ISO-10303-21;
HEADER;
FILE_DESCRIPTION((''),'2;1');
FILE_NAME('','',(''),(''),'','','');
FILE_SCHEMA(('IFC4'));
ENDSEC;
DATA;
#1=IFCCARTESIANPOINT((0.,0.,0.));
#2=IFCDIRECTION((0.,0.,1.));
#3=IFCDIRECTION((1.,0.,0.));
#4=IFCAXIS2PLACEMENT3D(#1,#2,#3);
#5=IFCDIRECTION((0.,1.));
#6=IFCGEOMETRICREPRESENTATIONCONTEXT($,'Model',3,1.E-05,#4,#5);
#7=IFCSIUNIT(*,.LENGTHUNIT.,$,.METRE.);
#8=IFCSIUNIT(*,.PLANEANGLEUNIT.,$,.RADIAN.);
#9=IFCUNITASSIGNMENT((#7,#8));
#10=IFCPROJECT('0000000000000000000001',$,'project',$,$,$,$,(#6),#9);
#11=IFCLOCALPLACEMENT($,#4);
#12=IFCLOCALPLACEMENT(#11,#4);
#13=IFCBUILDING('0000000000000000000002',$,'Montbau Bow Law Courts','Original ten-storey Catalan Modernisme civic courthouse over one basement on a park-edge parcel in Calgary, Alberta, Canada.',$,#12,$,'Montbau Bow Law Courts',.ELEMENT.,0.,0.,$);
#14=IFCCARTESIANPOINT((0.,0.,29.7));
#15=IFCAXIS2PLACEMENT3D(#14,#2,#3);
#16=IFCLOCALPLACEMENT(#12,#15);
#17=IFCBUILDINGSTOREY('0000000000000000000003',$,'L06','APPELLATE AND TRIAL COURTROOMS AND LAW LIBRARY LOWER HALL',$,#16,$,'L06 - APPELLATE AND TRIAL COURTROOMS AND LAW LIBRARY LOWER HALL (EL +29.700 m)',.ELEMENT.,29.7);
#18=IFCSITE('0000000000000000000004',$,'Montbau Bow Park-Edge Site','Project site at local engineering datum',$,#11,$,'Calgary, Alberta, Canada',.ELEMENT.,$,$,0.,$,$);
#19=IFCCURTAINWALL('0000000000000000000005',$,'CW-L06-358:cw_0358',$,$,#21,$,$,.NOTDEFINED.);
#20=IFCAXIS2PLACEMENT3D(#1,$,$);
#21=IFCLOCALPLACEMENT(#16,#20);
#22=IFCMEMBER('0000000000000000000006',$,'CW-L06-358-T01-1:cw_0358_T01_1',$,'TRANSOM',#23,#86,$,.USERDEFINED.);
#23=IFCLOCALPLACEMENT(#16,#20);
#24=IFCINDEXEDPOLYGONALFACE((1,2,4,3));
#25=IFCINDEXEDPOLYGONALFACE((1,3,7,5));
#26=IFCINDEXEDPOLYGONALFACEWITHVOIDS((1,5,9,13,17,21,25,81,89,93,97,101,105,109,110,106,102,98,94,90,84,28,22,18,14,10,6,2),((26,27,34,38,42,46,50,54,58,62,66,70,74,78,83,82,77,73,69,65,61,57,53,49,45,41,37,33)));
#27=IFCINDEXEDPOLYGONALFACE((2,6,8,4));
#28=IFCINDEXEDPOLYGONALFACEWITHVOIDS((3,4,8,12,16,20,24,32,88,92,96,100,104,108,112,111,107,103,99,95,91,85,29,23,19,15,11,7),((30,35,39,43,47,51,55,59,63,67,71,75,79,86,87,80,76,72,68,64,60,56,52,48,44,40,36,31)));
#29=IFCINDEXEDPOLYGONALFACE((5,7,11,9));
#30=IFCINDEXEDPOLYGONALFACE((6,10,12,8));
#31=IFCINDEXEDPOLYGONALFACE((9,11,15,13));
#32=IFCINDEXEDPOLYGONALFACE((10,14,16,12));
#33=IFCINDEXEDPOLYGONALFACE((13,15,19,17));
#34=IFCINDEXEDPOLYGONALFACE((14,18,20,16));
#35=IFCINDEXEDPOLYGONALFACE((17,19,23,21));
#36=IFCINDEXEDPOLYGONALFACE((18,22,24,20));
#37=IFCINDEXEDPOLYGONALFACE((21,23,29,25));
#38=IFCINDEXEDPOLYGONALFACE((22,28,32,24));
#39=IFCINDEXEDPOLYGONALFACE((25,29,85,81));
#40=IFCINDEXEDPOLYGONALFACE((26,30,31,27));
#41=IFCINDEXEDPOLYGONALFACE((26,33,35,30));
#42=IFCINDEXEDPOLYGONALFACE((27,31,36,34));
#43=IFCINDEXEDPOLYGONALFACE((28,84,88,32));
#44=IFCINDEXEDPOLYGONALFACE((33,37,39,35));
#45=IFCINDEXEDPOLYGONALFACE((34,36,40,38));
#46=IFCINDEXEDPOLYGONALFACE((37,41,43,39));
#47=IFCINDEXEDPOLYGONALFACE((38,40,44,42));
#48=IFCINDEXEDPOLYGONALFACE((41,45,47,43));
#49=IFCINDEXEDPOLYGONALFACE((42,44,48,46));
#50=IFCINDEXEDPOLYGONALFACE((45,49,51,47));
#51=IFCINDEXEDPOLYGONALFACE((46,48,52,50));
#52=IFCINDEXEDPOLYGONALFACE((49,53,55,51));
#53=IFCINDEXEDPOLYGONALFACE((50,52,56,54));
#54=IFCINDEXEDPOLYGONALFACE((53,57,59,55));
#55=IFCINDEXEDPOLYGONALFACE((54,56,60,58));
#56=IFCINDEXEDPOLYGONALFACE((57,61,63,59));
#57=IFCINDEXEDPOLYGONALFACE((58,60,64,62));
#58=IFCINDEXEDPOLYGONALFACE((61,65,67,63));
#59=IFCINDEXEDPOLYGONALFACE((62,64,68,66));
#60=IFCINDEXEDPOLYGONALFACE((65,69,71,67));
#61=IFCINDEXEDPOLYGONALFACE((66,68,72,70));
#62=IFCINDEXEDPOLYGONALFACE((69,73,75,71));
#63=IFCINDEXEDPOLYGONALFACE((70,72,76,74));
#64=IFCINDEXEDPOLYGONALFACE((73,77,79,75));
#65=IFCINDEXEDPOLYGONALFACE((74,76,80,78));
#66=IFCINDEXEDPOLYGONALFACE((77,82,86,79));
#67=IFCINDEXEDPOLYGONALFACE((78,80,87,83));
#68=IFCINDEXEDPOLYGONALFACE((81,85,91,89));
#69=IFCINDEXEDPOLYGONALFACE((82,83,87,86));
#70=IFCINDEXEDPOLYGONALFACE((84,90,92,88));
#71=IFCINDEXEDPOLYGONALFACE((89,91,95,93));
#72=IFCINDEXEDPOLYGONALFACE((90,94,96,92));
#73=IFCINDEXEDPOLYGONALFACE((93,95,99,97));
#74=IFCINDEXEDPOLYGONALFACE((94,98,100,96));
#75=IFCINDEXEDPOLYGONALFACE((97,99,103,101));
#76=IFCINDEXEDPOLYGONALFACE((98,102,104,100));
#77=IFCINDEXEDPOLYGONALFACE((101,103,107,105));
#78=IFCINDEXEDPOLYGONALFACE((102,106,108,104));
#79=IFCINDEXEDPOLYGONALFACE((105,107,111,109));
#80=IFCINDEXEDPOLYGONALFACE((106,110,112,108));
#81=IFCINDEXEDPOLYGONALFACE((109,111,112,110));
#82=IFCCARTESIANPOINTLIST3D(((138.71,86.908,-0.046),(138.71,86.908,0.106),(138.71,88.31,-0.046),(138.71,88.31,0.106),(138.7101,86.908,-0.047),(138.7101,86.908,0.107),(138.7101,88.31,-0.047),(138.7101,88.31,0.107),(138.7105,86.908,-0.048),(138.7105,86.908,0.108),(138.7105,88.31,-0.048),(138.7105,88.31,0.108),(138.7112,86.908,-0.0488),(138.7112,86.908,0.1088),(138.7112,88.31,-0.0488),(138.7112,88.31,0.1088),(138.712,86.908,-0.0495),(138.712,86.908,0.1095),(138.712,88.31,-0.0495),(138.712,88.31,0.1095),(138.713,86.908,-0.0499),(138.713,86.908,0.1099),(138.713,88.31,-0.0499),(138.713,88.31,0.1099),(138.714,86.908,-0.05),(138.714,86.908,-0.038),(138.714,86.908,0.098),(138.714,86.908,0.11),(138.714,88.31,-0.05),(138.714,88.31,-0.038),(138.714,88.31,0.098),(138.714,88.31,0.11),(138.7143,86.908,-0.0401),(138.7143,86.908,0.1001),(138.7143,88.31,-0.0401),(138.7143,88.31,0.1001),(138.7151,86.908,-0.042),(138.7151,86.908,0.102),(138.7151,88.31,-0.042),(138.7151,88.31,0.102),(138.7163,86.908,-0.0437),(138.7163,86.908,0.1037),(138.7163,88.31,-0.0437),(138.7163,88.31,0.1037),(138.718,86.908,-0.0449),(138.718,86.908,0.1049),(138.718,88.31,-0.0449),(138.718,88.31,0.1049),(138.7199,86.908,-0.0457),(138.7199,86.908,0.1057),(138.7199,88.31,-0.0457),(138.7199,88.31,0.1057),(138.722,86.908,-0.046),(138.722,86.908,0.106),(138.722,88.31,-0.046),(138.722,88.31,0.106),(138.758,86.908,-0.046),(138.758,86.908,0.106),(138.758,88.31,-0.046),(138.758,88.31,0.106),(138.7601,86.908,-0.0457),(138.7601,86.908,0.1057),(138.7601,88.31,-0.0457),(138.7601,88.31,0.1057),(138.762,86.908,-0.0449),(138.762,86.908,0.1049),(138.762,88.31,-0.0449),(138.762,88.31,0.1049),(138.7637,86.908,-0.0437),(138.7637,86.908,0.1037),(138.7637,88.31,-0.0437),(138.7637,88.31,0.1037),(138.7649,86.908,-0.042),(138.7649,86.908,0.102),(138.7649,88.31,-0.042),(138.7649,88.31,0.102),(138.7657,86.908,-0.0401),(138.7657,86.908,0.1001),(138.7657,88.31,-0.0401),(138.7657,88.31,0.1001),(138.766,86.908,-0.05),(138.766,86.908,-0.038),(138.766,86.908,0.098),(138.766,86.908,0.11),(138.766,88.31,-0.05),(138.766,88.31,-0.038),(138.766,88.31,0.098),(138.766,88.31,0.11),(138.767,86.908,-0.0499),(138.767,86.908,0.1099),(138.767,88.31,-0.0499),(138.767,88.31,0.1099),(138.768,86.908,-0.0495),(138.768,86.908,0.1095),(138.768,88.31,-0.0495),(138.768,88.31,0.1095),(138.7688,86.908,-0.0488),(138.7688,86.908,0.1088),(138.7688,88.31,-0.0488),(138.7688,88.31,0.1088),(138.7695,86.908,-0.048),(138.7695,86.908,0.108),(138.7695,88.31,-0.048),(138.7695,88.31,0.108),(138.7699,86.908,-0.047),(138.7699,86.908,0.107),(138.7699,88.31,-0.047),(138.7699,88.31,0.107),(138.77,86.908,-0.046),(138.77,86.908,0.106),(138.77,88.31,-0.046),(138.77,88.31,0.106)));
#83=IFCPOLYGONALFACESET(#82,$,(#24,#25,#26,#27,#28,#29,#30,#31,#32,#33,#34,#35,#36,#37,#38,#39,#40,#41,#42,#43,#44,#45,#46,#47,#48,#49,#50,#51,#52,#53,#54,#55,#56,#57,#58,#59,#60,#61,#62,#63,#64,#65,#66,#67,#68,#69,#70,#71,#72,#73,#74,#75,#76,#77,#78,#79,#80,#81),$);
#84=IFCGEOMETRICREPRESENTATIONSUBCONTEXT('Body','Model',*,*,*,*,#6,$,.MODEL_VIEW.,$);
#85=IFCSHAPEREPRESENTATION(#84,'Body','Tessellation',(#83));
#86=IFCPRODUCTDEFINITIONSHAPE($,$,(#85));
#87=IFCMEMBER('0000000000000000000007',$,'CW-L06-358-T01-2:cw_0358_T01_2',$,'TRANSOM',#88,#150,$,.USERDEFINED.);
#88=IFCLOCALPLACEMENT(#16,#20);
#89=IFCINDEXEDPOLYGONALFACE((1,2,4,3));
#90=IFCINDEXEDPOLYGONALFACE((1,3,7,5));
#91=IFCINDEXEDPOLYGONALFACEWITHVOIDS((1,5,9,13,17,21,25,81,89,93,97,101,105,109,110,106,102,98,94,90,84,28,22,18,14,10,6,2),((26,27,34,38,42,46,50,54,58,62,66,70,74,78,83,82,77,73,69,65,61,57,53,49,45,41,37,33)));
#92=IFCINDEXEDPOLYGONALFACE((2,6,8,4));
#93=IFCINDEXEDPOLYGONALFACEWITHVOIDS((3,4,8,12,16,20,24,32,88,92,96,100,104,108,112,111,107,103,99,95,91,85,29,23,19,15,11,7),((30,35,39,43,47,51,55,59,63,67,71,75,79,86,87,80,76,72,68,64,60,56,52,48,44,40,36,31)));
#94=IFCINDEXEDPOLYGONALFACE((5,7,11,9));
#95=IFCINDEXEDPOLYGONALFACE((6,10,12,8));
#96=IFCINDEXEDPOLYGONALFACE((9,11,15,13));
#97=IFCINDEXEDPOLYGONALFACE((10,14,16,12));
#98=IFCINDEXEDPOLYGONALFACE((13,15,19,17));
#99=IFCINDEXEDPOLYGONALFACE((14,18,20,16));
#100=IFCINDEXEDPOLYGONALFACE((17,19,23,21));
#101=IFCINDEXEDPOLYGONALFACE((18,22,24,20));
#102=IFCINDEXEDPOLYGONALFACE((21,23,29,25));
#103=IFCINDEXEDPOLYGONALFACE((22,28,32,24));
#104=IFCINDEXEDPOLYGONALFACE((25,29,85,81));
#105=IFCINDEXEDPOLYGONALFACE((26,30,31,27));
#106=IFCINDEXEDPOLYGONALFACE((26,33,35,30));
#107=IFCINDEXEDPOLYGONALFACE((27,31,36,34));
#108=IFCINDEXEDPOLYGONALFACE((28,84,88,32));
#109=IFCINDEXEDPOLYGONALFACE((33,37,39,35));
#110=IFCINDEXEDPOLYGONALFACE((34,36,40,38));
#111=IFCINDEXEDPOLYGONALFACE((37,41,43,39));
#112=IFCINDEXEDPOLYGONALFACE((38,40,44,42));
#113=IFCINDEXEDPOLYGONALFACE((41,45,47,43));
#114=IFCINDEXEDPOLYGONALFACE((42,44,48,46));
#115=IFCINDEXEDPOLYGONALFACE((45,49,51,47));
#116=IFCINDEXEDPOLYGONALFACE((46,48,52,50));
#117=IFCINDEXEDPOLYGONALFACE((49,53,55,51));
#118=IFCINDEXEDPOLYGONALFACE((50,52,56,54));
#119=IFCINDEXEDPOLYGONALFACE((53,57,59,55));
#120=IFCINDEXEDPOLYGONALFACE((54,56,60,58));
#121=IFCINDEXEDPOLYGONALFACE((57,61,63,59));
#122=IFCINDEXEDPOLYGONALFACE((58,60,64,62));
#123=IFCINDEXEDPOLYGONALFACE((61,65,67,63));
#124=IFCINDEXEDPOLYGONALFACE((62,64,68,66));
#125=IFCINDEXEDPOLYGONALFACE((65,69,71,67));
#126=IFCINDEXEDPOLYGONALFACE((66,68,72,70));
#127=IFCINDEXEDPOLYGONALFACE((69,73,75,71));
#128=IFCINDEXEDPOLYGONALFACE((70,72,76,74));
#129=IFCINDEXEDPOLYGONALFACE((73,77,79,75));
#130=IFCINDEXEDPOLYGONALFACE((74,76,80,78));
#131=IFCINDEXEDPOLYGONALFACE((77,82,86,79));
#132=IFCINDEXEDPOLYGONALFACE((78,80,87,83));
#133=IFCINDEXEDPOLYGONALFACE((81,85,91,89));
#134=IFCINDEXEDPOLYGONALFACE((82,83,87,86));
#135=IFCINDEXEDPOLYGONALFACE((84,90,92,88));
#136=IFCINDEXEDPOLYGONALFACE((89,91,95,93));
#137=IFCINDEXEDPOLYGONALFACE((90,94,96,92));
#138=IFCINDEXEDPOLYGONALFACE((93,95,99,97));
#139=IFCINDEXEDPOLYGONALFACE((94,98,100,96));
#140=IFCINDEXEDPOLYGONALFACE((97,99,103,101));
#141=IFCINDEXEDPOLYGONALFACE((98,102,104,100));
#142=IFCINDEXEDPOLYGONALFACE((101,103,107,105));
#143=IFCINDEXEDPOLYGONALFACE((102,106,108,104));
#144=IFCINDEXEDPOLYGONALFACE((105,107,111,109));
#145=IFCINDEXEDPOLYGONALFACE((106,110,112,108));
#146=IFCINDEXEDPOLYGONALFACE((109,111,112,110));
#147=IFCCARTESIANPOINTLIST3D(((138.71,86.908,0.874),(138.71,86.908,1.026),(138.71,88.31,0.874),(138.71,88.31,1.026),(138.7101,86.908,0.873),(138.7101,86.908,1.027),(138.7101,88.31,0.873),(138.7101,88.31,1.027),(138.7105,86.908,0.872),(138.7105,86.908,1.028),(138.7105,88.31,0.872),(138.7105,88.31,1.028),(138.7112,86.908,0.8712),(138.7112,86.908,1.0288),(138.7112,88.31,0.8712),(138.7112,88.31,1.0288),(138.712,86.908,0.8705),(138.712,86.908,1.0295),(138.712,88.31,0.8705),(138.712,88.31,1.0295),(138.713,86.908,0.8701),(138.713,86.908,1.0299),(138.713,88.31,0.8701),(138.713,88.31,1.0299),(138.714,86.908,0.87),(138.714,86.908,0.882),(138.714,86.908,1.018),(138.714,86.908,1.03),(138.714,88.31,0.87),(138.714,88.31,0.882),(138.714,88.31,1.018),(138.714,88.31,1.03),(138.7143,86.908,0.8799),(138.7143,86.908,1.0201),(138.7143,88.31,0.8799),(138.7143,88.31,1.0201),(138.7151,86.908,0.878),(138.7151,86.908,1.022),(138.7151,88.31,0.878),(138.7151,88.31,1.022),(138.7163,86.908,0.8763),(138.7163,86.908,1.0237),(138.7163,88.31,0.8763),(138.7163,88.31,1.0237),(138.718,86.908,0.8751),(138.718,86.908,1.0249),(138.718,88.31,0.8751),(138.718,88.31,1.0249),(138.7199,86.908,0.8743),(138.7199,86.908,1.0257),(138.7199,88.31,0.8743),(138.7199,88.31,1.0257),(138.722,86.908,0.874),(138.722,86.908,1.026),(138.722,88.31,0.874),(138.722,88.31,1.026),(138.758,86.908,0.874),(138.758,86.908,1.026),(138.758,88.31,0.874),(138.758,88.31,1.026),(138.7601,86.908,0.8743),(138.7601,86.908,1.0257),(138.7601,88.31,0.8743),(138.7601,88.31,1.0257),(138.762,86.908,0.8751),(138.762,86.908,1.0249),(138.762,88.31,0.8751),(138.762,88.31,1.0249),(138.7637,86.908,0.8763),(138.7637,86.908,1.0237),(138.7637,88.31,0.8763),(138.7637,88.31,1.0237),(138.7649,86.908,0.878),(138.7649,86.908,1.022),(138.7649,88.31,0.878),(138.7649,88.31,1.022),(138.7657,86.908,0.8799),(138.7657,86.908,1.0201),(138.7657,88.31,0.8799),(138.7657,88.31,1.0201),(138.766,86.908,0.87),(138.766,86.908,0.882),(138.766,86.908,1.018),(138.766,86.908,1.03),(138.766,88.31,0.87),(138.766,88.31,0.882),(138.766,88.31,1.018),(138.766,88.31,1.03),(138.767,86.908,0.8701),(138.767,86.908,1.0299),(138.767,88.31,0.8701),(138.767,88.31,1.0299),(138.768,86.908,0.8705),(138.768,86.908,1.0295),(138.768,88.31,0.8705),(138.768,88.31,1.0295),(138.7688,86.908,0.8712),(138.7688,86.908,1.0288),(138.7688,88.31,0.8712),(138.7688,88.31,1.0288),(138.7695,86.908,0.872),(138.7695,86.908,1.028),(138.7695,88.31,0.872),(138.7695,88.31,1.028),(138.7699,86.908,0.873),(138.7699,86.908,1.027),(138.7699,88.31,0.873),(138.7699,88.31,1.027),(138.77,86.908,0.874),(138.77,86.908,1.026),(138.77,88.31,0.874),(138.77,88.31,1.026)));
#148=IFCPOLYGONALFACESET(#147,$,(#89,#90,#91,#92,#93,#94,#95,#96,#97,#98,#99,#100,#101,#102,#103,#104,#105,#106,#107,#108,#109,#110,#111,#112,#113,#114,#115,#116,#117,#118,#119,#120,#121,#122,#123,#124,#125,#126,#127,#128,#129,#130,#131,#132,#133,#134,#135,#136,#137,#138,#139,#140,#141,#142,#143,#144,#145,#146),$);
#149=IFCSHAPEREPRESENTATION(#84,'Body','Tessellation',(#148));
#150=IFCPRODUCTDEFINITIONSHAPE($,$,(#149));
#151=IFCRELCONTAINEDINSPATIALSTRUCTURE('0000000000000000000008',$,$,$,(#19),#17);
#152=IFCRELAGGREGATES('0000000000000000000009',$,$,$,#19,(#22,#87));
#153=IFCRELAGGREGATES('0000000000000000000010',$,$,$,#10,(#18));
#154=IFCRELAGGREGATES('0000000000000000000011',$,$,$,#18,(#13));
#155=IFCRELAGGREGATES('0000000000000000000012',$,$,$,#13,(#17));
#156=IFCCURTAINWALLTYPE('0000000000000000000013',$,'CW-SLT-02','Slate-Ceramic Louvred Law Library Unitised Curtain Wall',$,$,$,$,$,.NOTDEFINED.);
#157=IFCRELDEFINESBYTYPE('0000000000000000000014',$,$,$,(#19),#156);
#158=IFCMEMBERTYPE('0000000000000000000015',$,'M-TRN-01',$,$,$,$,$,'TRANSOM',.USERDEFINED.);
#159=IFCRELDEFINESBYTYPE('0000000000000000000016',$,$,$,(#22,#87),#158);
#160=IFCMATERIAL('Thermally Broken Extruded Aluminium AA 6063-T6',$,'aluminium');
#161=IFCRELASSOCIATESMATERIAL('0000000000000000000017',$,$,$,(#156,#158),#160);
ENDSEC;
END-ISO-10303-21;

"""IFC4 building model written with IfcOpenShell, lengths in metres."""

from ifc_helpers import new_model, si_unit, direction, frame, origin_with_axes, origin_2d_with_axis, place, context, subcontext, project, spatial, hollow_rectangle, extrude, material, material_profile, profile_set, type_object, element, aggregate, save


model = new_model("IFC4")

# Units and contexts
model_context = context("Model", 3, precision=1e-05, world=origin_with_axes(), true_north=direction((0.0, 1.0)))
body_context = subcontext(model_context, "Body", "Model", "MODEL_VIEW")
ifc_project = project(units=[si_unit("LENGTHUNIT", "METRE"), si_unit("PLANEANGLEUNIT", "RADIAN")], contexts=[model_context])

# Site, building, storey
site_placement = place(None, origin_with_axes())
site = spatial("IfcSite", under=ifc_project, at=site_placement, Name="Montbau Bow Park-Edge Site", Description="Project site at local engineering datum", LongName="Calgary, Alberta, Canada", CompositionType="ELEMENT", RefElevation=0.0)
building_placement = place(site_placement, origin_with_axes())
building = spatial("IfcBuilding", under=site, at=building_placement, Name="Montbau Bow Law Courts", Description="Original ten-storey Catalan Modernisme civic courthouse over one basement on a park-edge parcel in Calgary, Alberta, Canada.", LongName="Montbau Bow Law Courts", CompositionType="ELEMENT", ElevationOfRefHeight=0.0, ElevationOfTerrain=0.0)
storey_placement = place(building_placement, frame((0.0, 0.0, 29.7), z_axis=(0.0, 0.0, 1.0), x_axis=(1.0, 0.0, 0.0)))
storey = spatial("IfcBuildingStorey", under=building, at=storey_placement, Name="L06", Description="APPELLATE AND TRIAL COURTROOMS AND LAW LIBRARY LOWER HALL", LongName="L06 - APPELLATE AND TRIAL COURTROOMS AND LAW LIBRARY LOWER HALL (EL +29.700 m)", CompositionType="ELEMENT", Elevation=29.7)

# Shared definitions
ifc_material_1 = material(Name="Thermally Broken Extruded Aluminium AA 6063-T6", Category="aluminium")
curtain_wall_type = type_object("IfcCurtainWallType", Name="CW-SLT-02", Description="Slate-Ceramic Louvred Law Library Unitised Curtain Wall", PredefinedType="NOTDEFINED", material=ifc_material_1)

# Curtain wall, members
curtain_wall_1_placement = place(None, frame((138.74, 86.84, 29.7), z_axis=(0.0, 0.0, 1.0), x_axis=(1.0, 0.0, 0.0)))
curtain_wall_1 = element("IfcCurtainWall", 1, at=curtain_wall_1_placement, inside=storey, type_object=curtain_wall_type, Name="CW-L06-358:cw_0358", PredefinedType="NOTDEFINED")
ifc_material_profile_1 = material_profile(ifc_material_1, hollow_rectangle(XDim=0.06, YDim=0.16, WallThickness=0.004, InnerFilletRadius=0.008, OuterFilletRadius=0.004, at=origin_2d_with_axis()), Name="CWT-160X60", Category="Main", Priority=0)
ifc_profile_set_1 = profile_set([ifc_material_profile_1], Name="Thermally Broken Extruded Aluminium AA 6063-T6")
member_type_1 = type_object("IfcMemberType", Name="M-TRN-01", ElementType="TRANSOM", PredefinedType="USERDEFINED", material=ifc_profile_set_1)
member_1_placement = place(None, frame((138.74, 86.908, 29.73), z_axis=(0.0, 1.0, 0.0), x_axis=(-1.0, 0.0, 0.0)))
member_1 = element("IfcMember", 2, at=member_1_placement, type_object=member_type_1, Name="CW-L06-358-T01-1:cw_0358_T01_1", ObjectType="TRANSOM", PredefinedType="USERDEFINED", context=body_context, shape_type="SweptSolid", body=[
    extrude(hollow_rectangle(XDim=0.06, YDim=0.16, WallThickness=0.004, InnerFilletRadius=0.008, OuterFilletRadius=0.004, at=origin_2d_with_axis()), origin_with_axes(), (0.0, 0.0, 1.0), 1.402),
])
member_2_placement = place(None, frame((138.74, 86.908, 30.65), z_axis=(0.0, 1.0, 0.0), x_axis=(-1.0, 0.0, 0.0)))
member_2 = element("IfcMember", 3, at=member_2_placement, type_object=member_type_1, Name="CW-L06-358-T01-2:cw_0358_T01_2", ObjectType="TRANSOM", PredefinedType="USERDEFINED", context=body_context, shape_type="SweptSolid", body=[
    extrude(hollow_rectangle(XDim=0.06, YDim=0.16, WallThickness=0.004, InnerFilletRadius=0.008, OuterFilletRadius=0.004, at=origin_2d_with_axis()), origin_with_axes(), (0.0, 0.0, 1.0), 1.402),
])
aggregate(curtain_wall_1, [member_1, member_2])

save(model, "model.ifc")
